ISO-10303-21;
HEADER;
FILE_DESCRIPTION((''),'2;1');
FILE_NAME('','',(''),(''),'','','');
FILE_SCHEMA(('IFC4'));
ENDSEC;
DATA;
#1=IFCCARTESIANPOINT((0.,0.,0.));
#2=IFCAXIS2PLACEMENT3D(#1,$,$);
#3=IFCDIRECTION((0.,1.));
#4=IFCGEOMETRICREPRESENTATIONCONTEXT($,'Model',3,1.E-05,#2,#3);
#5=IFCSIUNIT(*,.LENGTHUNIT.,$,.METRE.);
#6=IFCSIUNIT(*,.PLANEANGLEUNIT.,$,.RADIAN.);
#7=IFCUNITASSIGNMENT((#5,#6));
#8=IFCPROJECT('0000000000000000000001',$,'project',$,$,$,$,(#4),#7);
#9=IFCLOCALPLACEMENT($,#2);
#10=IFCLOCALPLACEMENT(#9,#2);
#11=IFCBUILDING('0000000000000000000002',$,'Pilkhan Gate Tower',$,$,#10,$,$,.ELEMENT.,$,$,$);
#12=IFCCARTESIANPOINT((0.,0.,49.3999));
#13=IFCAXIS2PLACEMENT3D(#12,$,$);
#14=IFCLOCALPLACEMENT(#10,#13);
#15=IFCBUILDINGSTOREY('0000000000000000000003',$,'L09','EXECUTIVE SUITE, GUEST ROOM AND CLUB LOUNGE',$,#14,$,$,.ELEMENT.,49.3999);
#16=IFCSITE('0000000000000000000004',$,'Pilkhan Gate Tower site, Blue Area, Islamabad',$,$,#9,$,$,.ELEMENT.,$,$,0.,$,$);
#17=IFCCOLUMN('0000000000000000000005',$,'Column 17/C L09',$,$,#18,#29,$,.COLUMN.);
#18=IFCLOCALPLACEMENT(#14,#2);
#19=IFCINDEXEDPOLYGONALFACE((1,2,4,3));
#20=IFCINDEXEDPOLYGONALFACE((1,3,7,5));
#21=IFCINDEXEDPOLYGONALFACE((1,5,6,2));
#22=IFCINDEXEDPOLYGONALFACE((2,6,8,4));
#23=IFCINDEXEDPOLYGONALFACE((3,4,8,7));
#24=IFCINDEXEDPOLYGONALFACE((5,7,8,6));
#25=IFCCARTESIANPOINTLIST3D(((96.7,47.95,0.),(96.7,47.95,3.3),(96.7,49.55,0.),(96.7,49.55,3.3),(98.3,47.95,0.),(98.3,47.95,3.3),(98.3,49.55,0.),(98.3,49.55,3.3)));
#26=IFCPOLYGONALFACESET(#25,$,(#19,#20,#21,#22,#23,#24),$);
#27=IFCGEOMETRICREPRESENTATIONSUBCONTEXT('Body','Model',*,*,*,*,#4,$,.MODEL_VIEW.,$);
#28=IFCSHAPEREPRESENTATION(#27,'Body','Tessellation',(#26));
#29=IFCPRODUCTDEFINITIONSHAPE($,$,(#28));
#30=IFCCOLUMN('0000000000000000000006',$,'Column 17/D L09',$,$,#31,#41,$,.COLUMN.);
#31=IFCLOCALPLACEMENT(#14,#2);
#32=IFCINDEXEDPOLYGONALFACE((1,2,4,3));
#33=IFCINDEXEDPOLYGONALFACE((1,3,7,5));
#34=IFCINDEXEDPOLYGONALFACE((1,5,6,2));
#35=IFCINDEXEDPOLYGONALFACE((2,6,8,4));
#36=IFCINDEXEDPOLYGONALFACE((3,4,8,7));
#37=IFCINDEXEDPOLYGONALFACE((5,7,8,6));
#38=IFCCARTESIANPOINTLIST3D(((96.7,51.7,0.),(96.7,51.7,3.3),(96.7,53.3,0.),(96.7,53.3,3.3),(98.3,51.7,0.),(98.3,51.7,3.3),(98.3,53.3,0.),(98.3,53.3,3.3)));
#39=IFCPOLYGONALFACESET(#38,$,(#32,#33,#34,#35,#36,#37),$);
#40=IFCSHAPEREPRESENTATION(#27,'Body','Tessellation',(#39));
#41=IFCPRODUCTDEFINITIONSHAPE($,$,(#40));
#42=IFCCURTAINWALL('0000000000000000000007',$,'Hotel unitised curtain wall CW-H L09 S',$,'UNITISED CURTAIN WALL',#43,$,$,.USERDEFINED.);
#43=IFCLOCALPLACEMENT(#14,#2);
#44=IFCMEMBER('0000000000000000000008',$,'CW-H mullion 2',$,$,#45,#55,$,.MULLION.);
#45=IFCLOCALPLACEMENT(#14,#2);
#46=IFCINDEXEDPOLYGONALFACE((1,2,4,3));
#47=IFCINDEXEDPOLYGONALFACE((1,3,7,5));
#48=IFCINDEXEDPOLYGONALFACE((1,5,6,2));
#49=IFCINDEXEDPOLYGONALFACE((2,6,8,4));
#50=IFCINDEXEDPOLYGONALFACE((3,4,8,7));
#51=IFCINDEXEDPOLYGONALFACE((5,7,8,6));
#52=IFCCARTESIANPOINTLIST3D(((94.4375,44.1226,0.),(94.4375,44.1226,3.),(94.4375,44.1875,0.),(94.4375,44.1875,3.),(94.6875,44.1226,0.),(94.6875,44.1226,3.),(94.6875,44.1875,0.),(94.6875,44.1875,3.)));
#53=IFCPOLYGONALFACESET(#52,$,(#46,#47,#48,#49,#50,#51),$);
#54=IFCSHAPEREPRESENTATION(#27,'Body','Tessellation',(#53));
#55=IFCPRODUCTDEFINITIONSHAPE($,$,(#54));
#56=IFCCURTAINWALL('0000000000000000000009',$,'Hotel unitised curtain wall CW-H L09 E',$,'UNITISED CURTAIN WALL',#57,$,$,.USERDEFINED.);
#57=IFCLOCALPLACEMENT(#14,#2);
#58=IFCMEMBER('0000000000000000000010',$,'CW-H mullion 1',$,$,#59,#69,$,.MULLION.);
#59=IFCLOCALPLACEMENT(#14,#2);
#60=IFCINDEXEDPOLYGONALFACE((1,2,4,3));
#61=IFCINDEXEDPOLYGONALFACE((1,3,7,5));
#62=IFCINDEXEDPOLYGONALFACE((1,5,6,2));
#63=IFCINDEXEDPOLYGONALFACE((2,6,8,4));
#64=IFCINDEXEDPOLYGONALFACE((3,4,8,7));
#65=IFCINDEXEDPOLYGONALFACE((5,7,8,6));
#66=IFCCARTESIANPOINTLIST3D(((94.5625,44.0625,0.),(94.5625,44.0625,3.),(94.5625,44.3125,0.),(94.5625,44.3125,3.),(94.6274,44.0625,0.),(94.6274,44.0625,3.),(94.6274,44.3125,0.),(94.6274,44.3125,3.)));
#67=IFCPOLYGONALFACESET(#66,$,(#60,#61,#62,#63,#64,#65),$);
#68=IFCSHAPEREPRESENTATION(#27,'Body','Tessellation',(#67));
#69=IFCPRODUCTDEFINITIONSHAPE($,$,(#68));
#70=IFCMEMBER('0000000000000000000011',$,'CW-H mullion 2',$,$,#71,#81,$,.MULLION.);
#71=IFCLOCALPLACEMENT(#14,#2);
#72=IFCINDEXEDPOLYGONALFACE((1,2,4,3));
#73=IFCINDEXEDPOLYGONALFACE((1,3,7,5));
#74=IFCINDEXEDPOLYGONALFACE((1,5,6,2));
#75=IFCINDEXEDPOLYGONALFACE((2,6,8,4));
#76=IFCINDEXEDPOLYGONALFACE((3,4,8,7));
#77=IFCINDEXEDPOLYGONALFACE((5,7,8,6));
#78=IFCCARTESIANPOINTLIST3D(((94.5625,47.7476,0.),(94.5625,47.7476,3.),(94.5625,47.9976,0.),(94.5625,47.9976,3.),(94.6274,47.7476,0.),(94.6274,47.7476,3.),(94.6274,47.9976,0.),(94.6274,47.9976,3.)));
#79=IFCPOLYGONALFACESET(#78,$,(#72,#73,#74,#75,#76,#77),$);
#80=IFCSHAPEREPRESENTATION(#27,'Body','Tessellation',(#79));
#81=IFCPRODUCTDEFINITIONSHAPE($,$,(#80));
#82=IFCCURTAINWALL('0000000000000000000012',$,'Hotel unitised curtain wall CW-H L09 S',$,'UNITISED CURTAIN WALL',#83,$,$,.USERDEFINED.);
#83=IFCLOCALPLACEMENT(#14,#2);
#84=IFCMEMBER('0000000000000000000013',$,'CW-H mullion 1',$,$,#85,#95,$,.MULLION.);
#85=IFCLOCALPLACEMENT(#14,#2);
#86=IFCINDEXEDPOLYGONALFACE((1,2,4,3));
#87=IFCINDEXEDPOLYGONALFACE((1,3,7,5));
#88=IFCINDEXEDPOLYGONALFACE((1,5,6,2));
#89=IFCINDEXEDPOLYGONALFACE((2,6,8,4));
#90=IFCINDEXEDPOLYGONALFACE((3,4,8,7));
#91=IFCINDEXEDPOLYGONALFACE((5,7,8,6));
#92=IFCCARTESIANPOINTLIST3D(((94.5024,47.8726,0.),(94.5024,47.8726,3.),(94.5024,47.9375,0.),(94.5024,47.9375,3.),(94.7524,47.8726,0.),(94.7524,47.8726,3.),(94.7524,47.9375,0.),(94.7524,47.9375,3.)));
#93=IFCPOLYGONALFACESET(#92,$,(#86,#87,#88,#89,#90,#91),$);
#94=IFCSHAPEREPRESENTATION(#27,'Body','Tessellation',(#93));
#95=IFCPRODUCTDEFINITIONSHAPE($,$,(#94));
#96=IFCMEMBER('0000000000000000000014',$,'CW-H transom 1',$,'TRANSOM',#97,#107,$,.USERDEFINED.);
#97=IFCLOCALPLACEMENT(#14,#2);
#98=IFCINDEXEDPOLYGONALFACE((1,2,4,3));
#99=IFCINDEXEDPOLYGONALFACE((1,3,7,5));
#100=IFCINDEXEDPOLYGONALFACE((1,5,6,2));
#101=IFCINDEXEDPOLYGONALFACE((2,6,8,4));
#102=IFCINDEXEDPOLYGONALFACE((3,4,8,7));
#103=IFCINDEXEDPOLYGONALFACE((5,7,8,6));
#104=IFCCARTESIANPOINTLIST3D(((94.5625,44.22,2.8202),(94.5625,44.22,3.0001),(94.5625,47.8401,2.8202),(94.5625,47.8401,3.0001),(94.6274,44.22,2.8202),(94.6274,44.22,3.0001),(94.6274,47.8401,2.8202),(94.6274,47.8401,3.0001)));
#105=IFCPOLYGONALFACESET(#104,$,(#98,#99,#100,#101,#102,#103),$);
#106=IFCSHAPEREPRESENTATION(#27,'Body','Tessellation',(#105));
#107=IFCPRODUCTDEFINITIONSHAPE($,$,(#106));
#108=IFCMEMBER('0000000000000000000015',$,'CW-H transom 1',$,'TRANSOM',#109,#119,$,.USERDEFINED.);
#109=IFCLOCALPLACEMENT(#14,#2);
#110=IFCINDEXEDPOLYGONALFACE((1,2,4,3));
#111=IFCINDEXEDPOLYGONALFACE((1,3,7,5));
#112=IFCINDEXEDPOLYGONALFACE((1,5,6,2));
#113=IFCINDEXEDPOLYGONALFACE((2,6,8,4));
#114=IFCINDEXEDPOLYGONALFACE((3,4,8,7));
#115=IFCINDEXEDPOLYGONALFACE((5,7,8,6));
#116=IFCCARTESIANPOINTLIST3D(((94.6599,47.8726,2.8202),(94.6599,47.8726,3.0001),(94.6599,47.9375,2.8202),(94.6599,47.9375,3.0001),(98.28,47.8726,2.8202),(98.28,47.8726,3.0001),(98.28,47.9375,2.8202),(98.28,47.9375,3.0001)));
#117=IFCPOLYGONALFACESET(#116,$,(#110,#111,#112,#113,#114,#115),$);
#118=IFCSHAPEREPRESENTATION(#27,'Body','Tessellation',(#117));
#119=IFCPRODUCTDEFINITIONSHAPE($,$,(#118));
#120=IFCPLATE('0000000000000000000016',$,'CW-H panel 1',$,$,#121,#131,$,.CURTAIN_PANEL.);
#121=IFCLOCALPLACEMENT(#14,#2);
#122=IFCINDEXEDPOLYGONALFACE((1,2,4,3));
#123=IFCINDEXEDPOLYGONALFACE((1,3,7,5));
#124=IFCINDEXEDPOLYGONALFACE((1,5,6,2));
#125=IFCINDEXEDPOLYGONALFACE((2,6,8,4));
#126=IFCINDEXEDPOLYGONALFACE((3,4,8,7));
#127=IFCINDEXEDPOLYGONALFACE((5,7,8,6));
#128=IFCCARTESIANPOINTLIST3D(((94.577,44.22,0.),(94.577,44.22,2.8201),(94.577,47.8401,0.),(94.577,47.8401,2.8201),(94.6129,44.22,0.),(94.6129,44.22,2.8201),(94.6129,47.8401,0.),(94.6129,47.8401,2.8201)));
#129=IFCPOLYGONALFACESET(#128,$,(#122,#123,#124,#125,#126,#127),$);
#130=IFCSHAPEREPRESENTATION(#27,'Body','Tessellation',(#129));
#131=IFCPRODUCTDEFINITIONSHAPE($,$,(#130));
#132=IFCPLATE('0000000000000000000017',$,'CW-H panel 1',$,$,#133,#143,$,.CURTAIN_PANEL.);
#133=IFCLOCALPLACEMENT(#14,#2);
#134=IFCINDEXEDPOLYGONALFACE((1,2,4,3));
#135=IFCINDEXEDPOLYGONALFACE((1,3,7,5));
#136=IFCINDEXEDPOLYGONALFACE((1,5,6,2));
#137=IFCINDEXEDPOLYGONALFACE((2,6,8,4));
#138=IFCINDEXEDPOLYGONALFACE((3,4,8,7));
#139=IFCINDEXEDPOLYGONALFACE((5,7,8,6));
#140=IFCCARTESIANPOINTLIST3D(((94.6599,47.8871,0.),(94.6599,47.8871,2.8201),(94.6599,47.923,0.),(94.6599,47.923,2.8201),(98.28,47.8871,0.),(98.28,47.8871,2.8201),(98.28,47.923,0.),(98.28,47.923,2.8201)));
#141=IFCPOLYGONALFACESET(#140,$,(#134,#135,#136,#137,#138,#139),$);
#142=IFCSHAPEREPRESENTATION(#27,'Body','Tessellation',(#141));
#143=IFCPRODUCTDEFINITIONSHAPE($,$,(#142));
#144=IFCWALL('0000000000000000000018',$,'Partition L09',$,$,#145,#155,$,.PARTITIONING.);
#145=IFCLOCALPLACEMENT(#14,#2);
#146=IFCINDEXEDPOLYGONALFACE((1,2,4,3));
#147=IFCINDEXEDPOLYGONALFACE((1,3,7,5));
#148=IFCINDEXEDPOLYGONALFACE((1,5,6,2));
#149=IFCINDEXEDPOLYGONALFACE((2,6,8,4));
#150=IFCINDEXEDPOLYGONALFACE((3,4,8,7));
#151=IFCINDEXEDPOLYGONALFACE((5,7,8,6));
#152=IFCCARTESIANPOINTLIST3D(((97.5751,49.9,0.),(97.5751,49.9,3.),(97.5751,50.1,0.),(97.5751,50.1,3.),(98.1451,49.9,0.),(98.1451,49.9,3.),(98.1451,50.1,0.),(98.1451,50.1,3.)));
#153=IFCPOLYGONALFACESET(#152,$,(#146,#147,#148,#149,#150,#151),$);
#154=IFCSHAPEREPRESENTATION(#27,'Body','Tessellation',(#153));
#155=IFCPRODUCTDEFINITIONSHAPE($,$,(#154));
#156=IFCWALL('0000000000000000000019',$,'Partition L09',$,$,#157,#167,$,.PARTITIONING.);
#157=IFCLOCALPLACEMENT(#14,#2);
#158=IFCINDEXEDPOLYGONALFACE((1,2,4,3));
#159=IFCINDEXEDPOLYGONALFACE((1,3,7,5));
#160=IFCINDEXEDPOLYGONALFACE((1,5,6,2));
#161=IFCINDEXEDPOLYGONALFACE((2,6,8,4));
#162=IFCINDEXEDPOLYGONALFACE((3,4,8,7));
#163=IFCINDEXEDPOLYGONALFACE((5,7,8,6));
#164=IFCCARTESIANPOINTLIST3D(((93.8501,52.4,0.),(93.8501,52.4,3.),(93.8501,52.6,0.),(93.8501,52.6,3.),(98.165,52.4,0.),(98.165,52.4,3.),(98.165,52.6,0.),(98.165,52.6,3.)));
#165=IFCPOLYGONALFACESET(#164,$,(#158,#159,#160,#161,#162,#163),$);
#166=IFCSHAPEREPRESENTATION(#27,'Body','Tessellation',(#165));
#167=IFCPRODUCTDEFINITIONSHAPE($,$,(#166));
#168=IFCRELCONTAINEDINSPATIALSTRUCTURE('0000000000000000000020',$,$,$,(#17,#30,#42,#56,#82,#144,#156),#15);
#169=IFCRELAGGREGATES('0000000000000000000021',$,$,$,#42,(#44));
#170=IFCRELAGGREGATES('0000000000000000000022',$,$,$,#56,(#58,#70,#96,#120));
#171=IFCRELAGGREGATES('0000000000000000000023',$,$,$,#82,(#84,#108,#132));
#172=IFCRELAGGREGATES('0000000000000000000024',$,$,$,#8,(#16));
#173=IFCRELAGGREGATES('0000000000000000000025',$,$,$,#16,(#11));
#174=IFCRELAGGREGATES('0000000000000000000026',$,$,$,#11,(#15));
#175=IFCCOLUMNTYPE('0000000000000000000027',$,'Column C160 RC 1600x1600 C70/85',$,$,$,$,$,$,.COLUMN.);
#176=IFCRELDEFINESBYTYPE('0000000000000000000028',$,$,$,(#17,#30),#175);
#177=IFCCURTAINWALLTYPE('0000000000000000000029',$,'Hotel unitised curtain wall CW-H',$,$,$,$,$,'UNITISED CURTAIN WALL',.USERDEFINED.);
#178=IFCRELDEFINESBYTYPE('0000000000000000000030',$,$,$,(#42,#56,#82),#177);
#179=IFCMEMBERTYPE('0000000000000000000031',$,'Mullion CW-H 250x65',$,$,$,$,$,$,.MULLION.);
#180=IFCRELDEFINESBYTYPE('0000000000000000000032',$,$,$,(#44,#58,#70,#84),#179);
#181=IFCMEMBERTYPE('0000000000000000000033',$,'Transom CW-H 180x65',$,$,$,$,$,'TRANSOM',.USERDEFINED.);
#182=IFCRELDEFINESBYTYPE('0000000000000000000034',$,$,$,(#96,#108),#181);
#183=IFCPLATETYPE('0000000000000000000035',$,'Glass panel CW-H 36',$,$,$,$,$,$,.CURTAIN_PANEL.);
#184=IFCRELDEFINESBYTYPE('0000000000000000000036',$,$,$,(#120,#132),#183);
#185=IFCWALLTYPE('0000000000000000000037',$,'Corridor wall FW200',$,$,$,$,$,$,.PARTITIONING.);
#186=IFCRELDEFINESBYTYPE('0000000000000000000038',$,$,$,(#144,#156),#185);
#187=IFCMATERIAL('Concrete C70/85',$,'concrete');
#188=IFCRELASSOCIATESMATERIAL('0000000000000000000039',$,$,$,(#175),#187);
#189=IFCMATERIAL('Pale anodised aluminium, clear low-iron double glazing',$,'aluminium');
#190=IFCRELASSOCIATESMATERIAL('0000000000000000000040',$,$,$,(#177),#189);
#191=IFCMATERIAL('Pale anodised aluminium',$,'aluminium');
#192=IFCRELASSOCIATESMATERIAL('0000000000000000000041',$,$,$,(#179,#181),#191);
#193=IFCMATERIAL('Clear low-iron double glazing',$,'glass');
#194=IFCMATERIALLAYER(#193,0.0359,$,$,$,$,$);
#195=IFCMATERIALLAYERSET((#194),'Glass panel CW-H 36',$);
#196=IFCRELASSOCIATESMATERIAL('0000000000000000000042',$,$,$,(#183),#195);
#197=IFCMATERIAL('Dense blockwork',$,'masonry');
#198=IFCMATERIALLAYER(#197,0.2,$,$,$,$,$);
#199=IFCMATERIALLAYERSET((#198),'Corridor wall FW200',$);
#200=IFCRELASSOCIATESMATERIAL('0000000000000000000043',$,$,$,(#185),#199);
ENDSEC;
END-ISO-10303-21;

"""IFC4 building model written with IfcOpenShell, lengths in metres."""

from ifc_helpers import new_model, si_unit, direction, frame, frame_2d, origin, origin_2d, place, context, subcontext, project, spatial, rectangle, extrude, material, layer, layer_set, material_profile, profile_set, type_object, element, aggregate, save


model = new_model("IFC4")

# Units and contexts
model_context = context("Model", 3, precision=1e-05, world=origin(), true_north=direction((0.0, 1.0)))
body_context = subcontext(model_context, "Body", "Model", "MODEL_VIEW")
ifc_project = project(units=[si_unit("LENGTHUNIT", "METRE"), si_unit("PLANEANGLEUNIT", "RADIAN")], contexts=[model_context])

# Site, building, storey
site_placement = place(None, origin())
site = spatial("IfcSite", under=ifc_project, at=site_placement, Name="Pilkhan Gate Tower site, Blue Area, Islamabad", CompositionType="ELEMENT", RefElevation=0.0)
building_placement = place(site_placement, origin())
building = spatial("IfcBuilding", under=site, at=building_placement, Name="Pilkhan Gate Tower", CompositionType="ELEMENT")
storey_placement = place(building_placement, frame((0.0, 0.0, 49.3999)))
storey = spatial("IfcBuildingStorey", under=building, at=storey_placement, Name="L09", Description="EXECUTIVE SUITE, GUEST ROOM AND CLUB LOUNGE", CompositionType="ELEMENT", Elevation=49.3999)

# Columns
ifc_material_1 = material(Name="Concrete C70/85", Category="concrete")
ifc_material_profile_1 = material_profile(ifc_material_1, rectangle(XDim=1.6001, YDim=1.6001, at=origin_2d()), Name="RC 1600x1600")
ifc_profile_set_1 = profile_set([ifc_material_profile_1], Name="Concrete C70/85")
column_type = type_object("IfcColumnType", Name="Column C160 RC 1600x1600 C70/85", PredefinedType="COLUMN", material=ifc_profile_set_1)
for number, where, z_axis, x_axis, name in (
    (1, (97.5, 48.75, 0.0), (0.0, 0.0, 1.0), (1.0, 0.0, 0.0), "Column 17/C L09"),
    (2, (97.5, 52.5, 0.0), (0.0, 0.0, 1.0), (1.0, 0.0, 0.0), "Column 17/D L09"),
):
    element("IfcColumn", number, at=place(storey_placement, frame(where, z_axis=z_axis, x_axis=x_axis)), inside=storey, type_object=column_type, Name=name, PredefinedType="COLUMN", context=body_context, shape_type="SweptSolid", body=[
        extrude(rectangle(XDim=1.6001, YDim=1.6001, at=origin_2d()), origin(), (0.0, 0.0, 1.0), 3.3),
    ])

# Curtain wall, member
ifc_material_2 = material(Name="Pale anodised aluminium, clear low-iron double glazing", Category="aluminium")
curtain_wall_type = type_object("IfcCurtainWallType", Name="Hotel unitised curtain wall CW-H", ElementType="UNITISED CURTAIN WALL", PredefinedType="USERDEFINED", material=ifc_material_2)
curtain_wall_1_placement = place(storey_placement, origin())
curtain_wall_1 = element("IfcCurtainWall", 3, at=curtain_wall_1_placement, inside=storey, type_object=curtain_wall_type, Name="Hotel unitised curtain wall CW-H L09 S", ObjectType="UNITISED CURTAIN WALL", PredefinedType="USERDEFINED")
ifc_material_3 = material(Name="Pale anodised aluminium", Category="aluminium")
ifc_material_profile_2 = material_profile(ifc_material_3, rectangle(XDim=0.0649, YDim=0.25, at=origin_2d()), Name="Mullion 250x65")
ifc_profile_set_2 = profile_set([ifc_material_profile_2], Name="Pale anodised aluminium")
member_type_1 = type_object("IfcMemberType", Name="Mullion CW-H 250x65", PredefinedType="MULLION", material=ifc_profile_set_2)
member_1_placement = place(storey_placement, frame((94.5625, 44.155, 0.0), z_axis=(0.0, 0.0, 1.0), x_axis=(0.0, 1.0, 0.0)))
member_1 = element("IfcMember", 4, at=member_1_placement, type_object=member_type_1, Name="CW-H mullion 2", PredefinedType="MULLION", context=body_context, shape_type="SweptSolid", body=[
    extrude(rectangle(XDim=0.0649, YDim=0.25, at=origin_2d()), origin(), (0.0, 0.0, 1.0), 3.0),
])
aggregate(curtain_wall_1, [member_1])

# Curtain wall, members
curtain_wall_2_placement = place(storey_placement, origin())
curtain_wall_2 = element("IfcCurtainWall", 5, at=curtain_wall_2_placement, inside=storey, type_object=curtain_wall_type, Name="Hotel unitised curtain wall CW-H L09 E", ObjectType="UNITISED CURTAIN WALL", PredefinedType="USERDEFINED")
member_2_placement = place(storey_placement, frame((94.595, 44.1875, 0.0), z_axis=(0.0, 0.0, 1.0), x_axis=(-1.0, 0.0, 0.0)))
member_2 = element("IfcMember", 6, at=member_2_placement, type_object=member_type_1, Name="CW-H mullion 1", PredefinedType="MULLION", context=body_context, shape_type="SweptSolid", body=[
    extrude(rectangle(XDim=0.0649, YDim=0.25, at=origin_2d()), origin(), (0.0, 0.0, 1.0), 3.0),
])
member_3_placement = place(storey_placement, frame((94.595, 47.8726, 0.0), z_axis=(0.0, 0.0, 1.0), x_axis=(-1.0, 0.0, 0.0)))
member_3 = element("IfcMember", 7, at=member_3_placement, type_object=member_type_1, Name="CW-H mullion 2", PredefinedType="MULLION", context=body_context, shape_type="SweptSolid", body=[
    extrude(rectangle(XDim=0.0649, YDim=0.25, at=origin_2d()), origin(), (0.0, 0.0, 1.0), 3.0),
])

# Curtain wall, member
curtain_wall_3_placement = place(storey_placement, origin())
curtain_wall_3 = element("IfcCurtainWall", 8, at=curtain_wall_3_placement, inside=storey, type_object=curtain_wall_type, Name="Hotel unitised curtain wall CW-H L09 S", ObjectType="UNITISED CURTAIN WALL", PredefinedType="USERDEFINED")
member_4_placement = place(storey_placement, frame((94.6274, 47.905, 0.0), z_axis=(0.0, 0.0, 1.0), x_axis=(0.0, 1.0, 0.0)))
member_4 = element("IfcMember", 9, at=member_4_placement, type_object=member_type_1, Name="CW-H mullion 1", PredefinedType="MULLION", context=body_context, shape_type="SweptSolid", body=[
    extrude(rectangle(XDim=0.0649, YDim=0.25, at=origin_2d()), origin(), (0.0, 0.0, 1.0), 3.0),
])

# Members
ifc_material_profile_3 = material_profile(ifc_material_3, rectangle(XDim=0.0649, YDim=0.1799, at=origin_2d()), Name="Transom 180x65")
ifc_profile_set_3 = profile_set([ifc_material_profile_3], Name="Pale anodised aluminium")
member_type_2 = type_object("IfcMemberType", Name="Transom CW-H 180x65", ElementType="TRANSOM", PredefinedType="USERDEFINED", material=ifc_profile_set_3)
member_5_placement = place(storey_placement, frame((94.595, 44.22, 2.9102), z_axis=(0.0, 1.0, 0.0), x_axis=(-1.0, 0.0, 0.0)))
member_5 = element("IfcMember", 10, at=member_5_placement, type_object=member_type_2, Name="CW-H transom 1", ObjectType="TRANSOM", PredefinedType="USERDEFINED", context=body_context, shape_type="SweptSolid", body=[
    extrude(rectangle(XDim=0.0649, YDim=0.1799, at=origin_2d()), origin(), (0.0, 0.0, 1.0), 3.6201),
])
member_6_placement = place(storey_placement, frame((94.6599, 47.905, 2.9102), z_axis=(1.0, 0.0, 0.0), x_axis=(0.0, 1.0, 0.0)))
member_6 = element("IfcMember", 11, at=member_6_placement, type_object=member_type_2, Name="CW-H transom 1", ObjectType="TRANSOM", PredefinedType="USERDEFINED", context=body_context, shape_type="SweptSolid", body=[
    extrude(rectangle(XDim=0.0649, YDim=0.1799, at=origin_2d()), origin(), (0.0, 0.0, 1.0), 3.6201),
])

# Plates
ifc_material_4 = material(Name="Clear low-iron double glazing", Category="glass")
ifc_layer_1 = layer(ifc_material_4, 0.0359)
ifc_layer_set_1 = layer_set([ifc_layer_1], Name="Glass panel CW-H 36")
plate_type = type_object("IfcPlateType", Name="Glass panel CW-H 36", PredefinedType="CURTAIN_PANEL", material=ifc_layer_set_1)
plate_1_placement = place(storey_placement, frame((94.595, 46.03, 0.0), z_axis=(0.0, 0.0, 1.0), x_axis=(0.0, 1.0, 0.0)))
plate_1 = element("IfcPlate", 12, at=plate_1_placement, type_object=plate_type, Name="CW-H panel 1", PredefinedType="CURTAIN_PANEL", context=body_context, shape_type="SweptSolid", body=[
    extrude(rectangle(XDim=3.6201, YDim=0.0359, at=origin_2d()), origin(), (0.0, 0.0, 1.0), 2.8201),
])
aggregate(curtain_wall_2, [member_2, member_3, member_5, plate_1])
plate_2_placement = place(storey_placement, frame((96.47, 47.905, 0.0), z_axis=(0.0, 0.0, 1.0), x_axis=(1.0, 0.0, 0.0)))
plate_2 = element("IfcPlate", 13, at=plate_2_placement, type_object=plate_type, Name="CW-H panel 1", PredefinedType="CURTAIN_PANEL", context=body_context, shape_type="SweptSolid", body=[
    extrude(rectangle(XDim=3.6201, YDim=0.0359, at=origin_2d()), origin(), (0.0, 0.0, 1.0), 2.8201),
])
aggregate(curtain_wall_3, [member_4, member_6, plate_2])

# Walls
ifc_material_5 = material(Name="Dense blockwork", Category="masonry")
ifc_layer_2 = layer(ifc_material_5, 0.2)
ifc_layer_set_2 = layer_set([ifc_layer_2], Name="Corridor wall FW200")
wall_type_1 = type_object("IfcWallType", Name="Corridor wall FW200", PredefinedType="PARTITIONING", material=ifc_layer_set_2)
wall_1_placement = place(storey_placement, frame((97.575, 50.0, 0.0), z_axis=(0.0, 0.0, 1.0), x_axis=(1.0, 0.0, 0.0)))
element("IfcWall", 14, at=wall_1_placement, inside=storey, type_object=wall_type_1, Name="Partition L09", PredefinedType="PARTITIONING", context=body_context, shape_type="SweptSolid", body=[
    extrude(rectangle(XDim=0.5701, YDim=0.2, at=frame_2d((0.2852, 0.0))), origin(), (0.0, 0.0, 1.0), 3.0),
])
wall_2_placement = place(storey_placement, frame((93.8501, 52.5, 0.0), z_axis=(0.0, 0.0, 1.0), x_axis=(1.0, 0.0, 0.0)))
element("IfcWall", 15, at=wall_2_placement, inside=storey, type_object=wall_type_1, Name="Partition L09", PredefinedType="PARTITIONING", context=body_context, shape_type="SweptSolid", body=[
    extrude(rectangle(XDim=4.3149, YDim=0.2, at=frame_2d((2.1575, 0.0))), origin(), (0.0, 0.0, 1.0), 3.0),
])

save(model, "model.ifc")
